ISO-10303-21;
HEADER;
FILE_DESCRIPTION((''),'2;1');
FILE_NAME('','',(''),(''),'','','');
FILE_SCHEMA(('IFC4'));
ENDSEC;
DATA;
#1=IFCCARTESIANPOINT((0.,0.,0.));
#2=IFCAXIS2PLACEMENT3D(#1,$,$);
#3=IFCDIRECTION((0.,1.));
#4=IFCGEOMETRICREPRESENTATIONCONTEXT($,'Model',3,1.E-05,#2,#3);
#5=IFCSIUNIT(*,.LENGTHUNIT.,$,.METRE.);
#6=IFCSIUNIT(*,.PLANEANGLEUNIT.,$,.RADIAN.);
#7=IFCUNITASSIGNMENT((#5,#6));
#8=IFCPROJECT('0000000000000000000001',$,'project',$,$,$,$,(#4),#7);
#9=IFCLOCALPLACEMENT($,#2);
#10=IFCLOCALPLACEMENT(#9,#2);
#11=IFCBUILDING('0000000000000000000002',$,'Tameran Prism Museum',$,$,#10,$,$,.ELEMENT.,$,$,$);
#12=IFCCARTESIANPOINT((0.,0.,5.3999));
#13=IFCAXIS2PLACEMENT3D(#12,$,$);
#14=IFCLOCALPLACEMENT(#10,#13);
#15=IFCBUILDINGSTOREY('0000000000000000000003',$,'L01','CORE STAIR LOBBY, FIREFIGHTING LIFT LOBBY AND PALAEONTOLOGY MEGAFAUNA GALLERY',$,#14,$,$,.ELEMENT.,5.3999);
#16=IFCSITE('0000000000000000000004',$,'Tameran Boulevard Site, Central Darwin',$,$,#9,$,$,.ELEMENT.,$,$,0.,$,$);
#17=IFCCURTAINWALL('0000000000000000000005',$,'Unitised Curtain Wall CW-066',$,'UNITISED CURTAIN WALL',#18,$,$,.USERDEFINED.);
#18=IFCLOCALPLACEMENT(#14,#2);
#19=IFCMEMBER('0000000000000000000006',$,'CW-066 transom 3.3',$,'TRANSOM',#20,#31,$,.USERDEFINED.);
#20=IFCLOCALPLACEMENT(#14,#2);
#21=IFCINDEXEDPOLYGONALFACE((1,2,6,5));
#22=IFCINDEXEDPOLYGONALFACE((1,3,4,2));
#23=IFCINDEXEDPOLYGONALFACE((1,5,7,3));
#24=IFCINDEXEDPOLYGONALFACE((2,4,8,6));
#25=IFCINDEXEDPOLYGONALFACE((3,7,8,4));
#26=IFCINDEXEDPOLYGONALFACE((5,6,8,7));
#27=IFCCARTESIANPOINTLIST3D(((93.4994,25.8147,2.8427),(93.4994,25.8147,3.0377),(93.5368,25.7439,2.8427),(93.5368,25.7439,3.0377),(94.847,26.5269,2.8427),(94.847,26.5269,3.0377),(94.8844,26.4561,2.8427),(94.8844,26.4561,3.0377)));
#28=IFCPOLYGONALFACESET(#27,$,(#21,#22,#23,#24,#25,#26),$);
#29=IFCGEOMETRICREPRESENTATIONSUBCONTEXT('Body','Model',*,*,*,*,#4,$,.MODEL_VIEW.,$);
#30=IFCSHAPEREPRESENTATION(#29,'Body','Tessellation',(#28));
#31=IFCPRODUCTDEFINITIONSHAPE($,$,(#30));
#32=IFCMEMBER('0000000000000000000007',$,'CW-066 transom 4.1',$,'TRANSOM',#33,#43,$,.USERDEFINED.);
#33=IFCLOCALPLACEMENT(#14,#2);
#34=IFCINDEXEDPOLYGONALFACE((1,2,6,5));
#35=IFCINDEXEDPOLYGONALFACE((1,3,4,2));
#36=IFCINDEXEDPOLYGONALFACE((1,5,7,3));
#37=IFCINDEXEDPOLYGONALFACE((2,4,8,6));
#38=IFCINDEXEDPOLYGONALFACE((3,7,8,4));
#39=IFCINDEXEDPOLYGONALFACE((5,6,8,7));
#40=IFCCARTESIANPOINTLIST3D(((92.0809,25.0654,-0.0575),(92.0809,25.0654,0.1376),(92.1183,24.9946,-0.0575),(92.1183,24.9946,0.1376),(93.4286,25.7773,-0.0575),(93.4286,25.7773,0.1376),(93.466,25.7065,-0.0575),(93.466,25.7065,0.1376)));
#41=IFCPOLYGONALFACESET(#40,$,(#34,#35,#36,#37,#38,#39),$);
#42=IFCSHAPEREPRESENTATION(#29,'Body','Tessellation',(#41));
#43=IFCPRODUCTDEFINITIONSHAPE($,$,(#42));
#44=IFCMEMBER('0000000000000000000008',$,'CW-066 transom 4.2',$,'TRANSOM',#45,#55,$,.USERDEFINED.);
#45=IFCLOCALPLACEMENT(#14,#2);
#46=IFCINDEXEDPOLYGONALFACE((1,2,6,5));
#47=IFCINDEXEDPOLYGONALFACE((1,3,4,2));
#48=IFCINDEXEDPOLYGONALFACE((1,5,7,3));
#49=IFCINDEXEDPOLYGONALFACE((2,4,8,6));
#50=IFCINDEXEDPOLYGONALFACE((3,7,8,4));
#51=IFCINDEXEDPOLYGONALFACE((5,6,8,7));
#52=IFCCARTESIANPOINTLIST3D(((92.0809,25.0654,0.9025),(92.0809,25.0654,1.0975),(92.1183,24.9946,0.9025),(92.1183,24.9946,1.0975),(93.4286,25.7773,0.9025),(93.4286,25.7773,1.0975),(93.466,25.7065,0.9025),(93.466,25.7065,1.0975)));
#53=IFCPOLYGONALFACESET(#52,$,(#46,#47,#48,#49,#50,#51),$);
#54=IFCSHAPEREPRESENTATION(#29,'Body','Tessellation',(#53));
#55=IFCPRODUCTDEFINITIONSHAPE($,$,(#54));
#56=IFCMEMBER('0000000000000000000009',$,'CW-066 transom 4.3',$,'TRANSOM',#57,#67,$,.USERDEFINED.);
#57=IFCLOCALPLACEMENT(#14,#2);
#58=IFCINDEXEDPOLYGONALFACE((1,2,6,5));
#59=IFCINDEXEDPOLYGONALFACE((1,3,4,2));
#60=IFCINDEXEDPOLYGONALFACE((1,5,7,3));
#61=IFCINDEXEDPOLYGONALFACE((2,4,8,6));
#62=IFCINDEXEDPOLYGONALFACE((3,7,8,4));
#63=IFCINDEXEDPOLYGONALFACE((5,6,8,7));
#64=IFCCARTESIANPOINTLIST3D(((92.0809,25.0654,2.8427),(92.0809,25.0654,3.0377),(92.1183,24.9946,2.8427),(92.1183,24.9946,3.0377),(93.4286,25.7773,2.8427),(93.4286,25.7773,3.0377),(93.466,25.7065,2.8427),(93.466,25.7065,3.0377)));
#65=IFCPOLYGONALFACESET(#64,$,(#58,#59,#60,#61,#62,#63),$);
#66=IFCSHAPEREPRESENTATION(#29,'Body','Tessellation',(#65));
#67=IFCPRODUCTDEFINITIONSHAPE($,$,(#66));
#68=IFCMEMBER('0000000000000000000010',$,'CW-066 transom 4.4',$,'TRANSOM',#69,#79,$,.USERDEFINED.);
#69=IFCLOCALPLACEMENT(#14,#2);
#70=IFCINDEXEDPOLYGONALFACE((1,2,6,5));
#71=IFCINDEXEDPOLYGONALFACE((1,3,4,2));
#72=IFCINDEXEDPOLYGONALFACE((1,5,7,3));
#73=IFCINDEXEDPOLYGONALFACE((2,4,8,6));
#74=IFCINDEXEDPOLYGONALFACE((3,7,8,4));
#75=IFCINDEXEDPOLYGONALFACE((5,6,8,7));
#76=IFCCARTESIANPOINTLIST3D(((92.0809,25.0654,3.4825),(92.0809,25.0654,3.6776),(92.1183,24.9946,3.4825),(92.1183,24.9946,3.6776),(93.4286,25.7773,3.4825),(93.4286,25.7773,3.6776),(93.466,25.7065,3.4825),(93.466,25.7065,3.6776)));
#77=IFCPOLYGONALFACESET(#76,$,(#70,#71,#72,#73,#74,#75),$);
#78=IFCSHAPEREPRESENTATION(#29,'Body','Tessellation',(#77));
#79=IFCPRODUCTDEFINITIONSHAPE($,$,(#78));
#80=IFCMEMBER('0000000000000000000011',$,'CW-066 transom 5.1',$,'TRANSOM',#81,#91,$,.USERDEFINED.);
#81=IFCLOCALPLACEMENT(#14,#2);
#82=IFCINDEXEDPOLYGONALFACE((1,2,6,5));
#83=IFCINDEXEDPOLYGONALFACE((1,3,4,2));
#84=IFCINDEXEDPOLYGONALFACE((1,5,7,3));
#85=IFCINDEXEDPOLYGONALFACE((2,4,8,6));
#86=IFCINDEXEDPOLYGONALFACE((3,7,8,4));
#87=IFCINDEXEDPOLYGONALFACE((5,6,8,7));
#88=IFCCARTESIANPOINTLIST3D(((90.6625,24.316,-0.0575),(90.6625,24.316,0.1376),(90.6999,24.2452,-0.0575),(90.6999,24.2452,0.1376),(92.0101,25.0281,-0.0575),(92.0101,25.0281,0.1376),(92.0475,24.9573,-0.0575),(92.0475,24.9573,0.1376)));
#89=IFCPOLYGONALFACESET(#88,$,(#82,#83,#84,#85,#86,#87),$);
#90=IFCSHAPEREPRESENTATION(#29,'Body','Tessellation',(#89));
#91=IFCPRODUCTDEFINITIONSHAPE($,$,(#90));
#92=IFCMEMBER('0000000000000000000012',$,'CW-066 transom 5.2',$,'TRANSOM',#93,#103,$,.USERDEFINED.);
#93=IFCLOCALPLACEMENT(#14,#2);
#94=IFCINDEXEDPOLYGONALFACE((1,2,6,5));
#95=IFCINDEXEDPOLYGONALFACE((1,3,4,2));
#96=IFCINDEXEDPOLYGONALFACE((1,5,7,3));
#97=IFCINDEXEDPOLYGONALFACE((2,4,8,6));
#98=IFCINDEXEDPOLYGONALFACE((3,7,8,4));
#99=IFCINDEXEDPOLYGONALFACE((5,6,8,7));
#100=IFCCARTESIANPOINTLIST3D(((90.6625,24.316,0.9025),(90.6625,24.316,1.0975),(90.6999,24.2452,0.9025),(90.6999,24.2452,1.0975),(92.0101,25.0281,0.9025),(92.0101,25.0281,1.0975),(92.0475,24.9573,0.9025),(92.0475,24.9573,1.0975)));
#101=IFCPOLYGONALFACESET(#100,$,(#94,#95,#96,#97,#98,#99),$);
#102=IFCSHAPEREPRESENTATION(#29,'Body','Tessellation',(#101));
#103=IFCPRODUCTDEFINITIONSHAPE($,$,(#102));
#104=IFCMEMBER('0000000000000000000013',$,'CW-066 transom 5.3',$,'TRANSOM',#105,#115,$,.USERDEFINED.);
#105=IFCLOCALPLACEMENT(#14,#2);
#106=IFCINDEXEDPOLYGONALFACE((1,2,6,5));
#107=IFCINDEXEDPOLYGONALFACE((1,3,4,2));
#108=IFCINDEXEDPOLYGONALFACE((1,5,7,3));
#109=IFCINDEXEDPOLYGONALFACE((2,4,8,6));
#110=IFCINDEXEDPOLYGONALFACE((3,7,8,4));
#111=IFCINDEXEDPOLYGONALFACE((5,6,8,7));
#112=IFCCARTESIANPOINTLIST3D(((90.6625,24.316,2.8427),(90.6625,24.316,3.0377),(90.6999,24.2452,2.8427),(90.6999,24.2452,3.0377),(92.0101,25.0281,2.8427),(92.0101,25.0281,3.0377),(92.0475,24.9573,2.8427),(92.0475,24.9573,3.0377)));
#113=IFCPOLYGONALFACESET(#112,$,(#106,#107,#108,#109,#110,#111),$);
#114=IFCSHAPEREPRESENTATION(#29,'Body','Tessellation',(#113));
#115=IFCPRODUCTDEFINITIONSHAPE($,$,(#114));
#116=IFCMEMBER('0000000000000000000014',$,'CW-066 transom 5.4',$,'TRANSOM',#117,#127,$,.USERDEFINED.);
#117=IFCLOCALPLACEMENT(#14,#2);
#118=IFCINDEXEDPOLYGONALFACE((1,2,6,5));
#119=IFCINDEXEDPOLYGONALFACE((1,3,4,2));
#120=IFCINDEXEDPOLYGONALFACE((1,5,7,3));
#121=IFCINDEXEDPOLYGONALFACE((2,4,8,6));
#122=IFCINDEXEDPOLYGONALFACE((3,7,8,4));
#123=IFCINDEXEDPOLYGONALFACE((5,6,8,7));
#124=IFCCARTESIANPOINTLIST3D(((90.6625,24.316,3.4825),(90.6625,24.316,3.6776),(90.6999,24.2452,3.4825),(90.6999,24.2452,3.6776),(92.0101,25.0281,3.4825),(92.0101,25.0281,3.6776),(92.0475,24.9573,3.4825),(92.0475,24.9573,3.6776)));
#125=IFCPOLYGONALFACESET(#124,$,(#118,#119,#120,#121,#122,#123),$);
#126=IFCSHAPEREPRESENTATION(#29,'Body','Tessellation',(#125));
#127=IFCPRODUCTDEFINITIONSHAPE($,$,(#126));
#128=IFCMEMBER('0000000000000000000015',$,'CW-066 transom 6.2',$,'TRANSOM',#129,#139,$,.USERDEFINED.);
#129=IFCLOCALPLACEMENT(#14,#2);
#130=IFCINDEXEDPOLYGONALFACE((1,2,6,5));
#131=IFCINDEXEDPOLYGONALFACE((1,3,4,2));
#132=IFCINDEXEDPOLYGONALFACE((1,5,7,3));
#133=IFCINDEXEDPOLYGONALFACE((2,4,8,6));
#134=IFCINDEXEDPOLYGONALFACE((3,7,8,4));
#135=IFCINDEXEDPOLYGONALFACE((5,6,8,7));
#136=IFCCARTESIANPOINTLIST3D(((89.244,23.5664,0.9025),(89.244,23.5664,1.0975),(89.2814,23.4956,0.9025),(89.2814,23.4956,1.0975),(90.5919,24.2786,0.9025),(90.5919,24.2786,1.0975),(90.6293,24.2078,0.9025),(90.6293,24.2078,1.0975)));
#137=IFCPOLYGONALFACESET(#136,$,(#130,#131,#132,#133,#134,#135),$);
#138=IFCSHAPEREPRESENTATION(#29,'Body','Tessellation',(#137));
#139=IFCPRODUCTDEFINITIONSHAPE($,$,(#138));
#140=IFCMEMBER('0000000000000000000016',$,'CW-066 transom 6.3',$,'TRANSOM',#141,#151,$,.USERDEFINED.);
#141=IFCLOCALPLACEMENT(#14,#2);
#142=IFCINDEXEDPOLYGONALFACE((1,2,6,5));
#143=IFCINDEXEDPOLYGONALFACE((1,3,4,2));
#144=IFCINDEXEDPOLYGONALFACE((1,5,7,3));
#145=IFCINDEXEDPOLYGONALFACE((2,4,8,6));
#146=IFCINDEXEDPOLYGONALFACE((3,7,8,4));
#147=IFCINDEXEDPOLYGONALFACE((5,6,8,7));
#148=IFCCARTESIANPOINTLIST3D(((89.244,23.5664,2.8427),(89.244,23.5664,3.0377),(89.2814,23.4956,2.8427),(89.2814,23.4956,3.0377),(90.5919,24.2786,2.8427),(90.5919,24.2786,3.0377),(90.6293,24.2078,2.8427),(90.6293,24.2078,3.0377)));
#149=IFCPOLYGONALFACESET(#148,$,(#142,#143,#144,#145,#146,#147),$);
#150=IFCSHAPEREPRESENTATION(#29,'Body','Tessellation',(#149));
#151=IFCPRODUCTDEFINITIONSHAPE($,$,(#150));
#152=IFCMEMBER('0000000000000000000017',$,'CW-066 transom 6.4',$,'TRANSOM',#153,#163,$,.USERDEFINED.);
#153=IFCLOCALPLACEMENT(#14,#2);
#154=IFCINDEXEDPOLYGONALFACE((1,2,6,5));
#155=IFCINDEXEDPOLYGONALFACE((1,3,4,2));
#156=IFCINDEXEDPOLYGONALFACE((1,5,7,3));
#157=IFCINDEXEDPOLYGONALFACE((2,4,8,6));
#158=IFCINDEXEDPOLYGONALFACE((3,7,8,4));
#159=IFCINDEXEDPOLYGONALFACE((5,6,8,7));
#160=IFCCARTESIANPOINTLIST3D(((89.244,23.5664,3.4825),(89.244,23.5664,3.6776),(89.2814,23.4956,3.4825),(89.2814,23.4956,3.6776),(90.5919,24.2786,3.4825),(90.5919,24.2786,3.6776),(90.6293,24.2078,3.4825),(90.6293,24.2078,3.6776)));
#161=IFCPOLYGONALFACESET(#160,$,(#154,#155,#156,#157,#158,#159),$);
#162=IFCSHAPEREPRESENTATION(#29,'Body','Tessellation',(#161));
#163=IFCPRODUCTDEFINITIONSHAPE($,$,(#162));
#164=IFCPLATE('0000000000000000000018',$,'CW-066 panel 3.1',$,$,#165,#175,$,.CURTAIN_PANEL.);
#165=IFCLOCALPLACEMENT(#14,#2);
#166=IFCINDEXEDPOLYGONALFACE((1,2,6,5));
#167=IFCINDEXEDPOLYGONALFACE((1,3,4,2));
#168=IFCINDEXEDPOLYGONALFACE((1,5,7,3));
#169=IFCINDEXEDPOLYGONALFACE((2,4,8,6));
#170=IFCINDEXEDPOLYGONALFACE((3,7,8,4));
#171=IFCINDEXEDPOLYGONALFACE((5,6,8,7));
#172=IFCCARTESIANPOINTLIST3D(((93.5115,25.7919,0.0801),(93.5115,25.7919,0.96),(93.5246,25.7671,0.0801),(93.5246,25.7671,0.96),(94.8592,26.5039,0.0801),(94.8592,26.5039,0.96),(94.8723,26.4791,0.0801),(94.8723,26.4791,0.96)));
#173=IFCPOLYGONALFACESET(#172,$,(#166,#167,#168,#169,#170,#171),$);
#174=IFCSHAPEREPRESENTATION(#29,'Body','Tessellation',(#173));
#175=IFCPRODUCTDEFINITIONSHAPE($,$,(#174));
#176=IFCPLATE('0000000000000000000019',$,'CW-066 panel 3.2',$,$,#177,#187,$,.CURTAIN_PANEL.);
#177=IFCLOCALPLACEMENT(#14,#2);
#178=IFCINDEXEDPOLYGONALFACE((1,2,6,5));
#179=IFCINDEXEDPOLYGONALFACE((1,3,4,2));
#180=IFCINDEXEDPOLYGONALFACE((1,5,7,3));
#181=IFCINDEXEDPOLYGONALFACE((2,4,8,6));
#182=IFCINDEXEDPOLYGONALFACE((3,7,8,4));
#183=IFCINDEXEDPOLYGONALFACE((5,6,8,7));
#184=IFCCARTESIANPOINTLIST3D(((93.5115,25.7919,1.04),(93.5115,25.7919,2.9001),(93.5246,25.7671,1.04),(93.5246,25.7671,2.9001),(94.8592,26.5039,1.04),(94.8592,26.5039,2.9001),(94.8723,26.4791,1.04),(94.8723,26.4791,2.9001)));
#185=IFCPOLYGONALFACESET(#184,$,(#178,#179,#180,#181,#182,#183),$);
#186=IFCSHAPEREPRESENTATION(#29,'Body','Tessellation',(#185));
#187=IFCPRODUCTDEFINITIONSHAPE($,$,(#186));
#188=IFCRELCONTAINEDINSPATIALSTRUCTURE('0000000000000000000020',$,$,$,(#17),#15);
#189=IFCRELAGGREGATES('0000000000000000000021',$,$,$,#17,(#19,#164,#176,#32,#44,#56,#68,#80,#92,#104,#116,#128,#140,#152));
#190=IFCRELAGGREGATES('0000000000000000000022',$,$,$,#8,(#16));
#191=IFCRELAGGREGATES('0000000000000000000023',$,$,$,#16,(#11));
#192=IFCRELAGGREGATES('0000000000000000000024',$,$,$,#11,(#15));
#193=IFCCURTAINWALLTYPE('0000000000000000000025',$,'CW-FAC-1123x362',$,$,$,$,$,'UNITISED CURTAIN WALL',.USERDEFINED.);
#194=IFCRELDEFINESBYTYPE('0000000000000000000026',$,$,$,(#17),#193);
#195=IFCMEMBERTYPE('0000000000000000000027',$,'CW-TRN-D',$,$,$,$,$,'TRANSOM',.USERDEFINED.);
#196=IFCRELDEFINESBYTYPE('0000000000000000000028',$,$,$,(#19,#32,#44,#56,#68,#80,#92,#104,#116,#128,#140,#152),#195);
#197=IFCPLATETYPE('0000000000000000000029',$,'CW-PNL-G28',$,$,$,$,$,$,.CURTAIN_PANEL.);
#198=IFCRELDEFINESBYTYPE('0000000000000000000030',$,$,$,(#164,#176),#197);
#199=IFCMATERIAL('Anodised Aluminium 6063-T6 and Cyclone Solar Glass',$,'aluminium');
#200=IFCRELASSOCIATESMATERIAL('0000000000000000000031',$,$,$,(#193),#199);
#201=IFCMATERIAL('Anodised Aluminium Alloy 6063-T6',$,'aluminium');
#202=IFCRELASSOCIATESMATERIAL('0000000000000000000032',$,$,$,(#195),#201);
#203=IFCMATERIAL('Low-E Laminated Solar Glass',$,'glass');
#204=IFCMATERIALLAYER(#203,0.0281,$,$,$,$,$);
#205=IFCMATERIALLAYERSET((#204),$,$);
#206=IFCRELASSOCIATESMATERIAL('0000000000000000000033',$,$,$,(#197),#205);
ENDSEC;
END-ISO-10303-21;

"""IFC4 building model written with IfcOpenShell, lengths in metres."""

from ifc_helpers import new_model, si_unit, direction, frame, origin, origin_2d, place, context, subcontext, project, spatial, rectangle, extrude, material, layer, layer_set, material_profile, profile_set, type_object, element, aggregate, save


model = new_model("IFC4")

# Units and contexts
model_context = context("Model", 3, precision=1e-05, world=origin(), true_north=direction((0.0, 1.0)))
body_context = subcontext(model_context, "Body", "Model", "MODEL_VIEW")
ifc_project = project(units=[si_unit("LENGTHUNIT", "METRE"), si_unit("PLANEANGLEUNIT", "RADIAN")], contexts=[model_context])

# Site, building, storey
site_placement = place(None, origin())
site = spatial("IfcSite", under=ifc_project, at=site_placement, Name="Tameran Boulevard Site, Central Darwin", CompositionType="ELEMENT", RefElevation=0.0)
building_placement = place(site_placement, origin())
building = spatial("IfcBuilding", under=site, at=building_placement, Name="Tameran Prism Museum", CompositionType="ELEMENT")
storey_placement = place(building_placement, frame((0.0, 0.0, 5.3999)))
storey = spatial("IfcBuildingStorey", under=building, at=storey_placement, Name="L01", Description="CORE STAIR LOBBY, FIREFIGHTING LIFT LOBBY AND PALAEONTOLOGY MEGAFAUNA GALLERY", CompositionType="ELEMENT", Elevation=5.3999)

# Curtain wall
ifc_material_1 = material(Name="Anodised Aluminium 6063-T6 and Cyclone Solar Glass", Category="aluminium")
curtain_wall_type_1 = type_object("IfcCurtainWallType", Name="CW-FAC-1123x362", ElementType="UNITISED CURTAIN WALL", PredefinedType="USERDEFINED", material=ifc_material_1)
curtain_wall_1_placement = place(storey_placement, origin())
curtain_wall_1 = element("IfcCurtainWall", 1, at=curtain_wall_1_placement, inside=storey, type_object=curtain_wall_type_1, Name="Unitised Curtain Wall CW-066", ObjectType="UNITISED CURTAIN WALL", PredefinedType="USERDEFINED")

# Members
ifc_material_2 = material(Name="Anodised Aluminium Alloy 6063-T6", Category="aluminium")
ifc_material_profile_1 = material_profile(ifc_material_2, rectangle(XDim=0.0801, YDim=0.1951, at=origin_2d()))
ifc_profile_set_1 = profile_set([ifc_material_profile_1])
member_type_1 = type_object("IfcMemberType", Name="CW-TRN-D", ElementType="TRANSOM", PredefinedType="USERDEFINED", material=ifc_profile_set_1)
member_1_placement = place(storey_placement, frame((94.8657, 26.4915, 2.9402), z_axis=(-0.884142, -0.467218, 0.0), x_axis=(0.467218, -0.884142, 0.0)))
member_1 = element("IfcMember", 2, at=member_1_placement, type_object=member_type_1, Name="CW-066 transom 3.3", ObjectType="TRANSOM", PredefinedType="USERDEFINED", context=body_context, shape_type="SweptSolid", body=[
    extrude(rectangle(XDim=0.0801, YDim=0.1951, at=origin_2d()), origin(), (0.0, 0.0, 1.0), 1.5242),
])
member_2_placement = place(storey_placement, frame((93.4473, 25.7419, 0.04), z_axis=(-0.884208, -0.467093, 0.0), x_axis=(0.467093, -0.884208, 0.0)))
member_2 = element("IfcMember", 3, at=member_2_placement, type_object=member_type_1, Name="CW-066 transom 4.1", ObjectType="TRANSOM", PredefinedType="USERDEFINED", context=body_context, shape_type="SweptSolid", body=[
    extrude(rectangle(XDim=0.0801, YDim=0.1951, at=origin_2d()), origin(), (0.0, 0.0, 1.0), 1.5242),
])
member_3_placement = place(storey_placement, frame((93.4473, 25.7419, 1.0), z_axis=(-0.884208, -0.467093, 0.0), x_axis=(0.467093, -0.884208, 0.0)))
member_3 = element("IfcMember", 4, at=member_3_placement, type_object=member_type_1, Name="CW-066 transom 4.2", ObjectType="TRANSOM", PredefinedType="USERDEFINED", context=body_context, shape_type="SweptSolid", body=[
    extrude(rectangle(XDim=0.0801, YDim=0.1951, at=origin_2d()), origin(), (0.0, 0.0, 1.0), 1.5242),
])
member_4_placement = place(storey_placement, frame((93.4473, 25.7419, 2.9402), z_axis=(-0.884208, -0.467093, 0.0), x_axis=(0.467093, -0.884208, 0.0)))
member_4 = element("IfcMember", 5, at=member_4_placement, type_object=member_type_1, Name="CW-066 transom 4.3", ObjectType="TRANSOM", PredefinedType="USERDEFINED", context=body_context, shape_type="SweptSolid", body=[
    extrude(rectangle(XDim=0.0801, YDim=0.1951, at=origin_2d()), origin(), (0.0, 0.0, 1.0), 1.5242),
])
member_5_placement = place(storey_placement, frame((93.4473, 25.7419, 3.5801), z_axis=(-0.884208, -0.467093, 0.0), x_axis=(0.467093, -0.884208, 0.0)))
member_5 = element("IfcMember", 6, at=member_5_placement, type_object=member_type_1, Name="CW-066 transom 4.4", ObjectType="TRANSOM", PredefinedType="USERDEFINED", context=body_context, shape_type="SweptSolid", body=[
    extrude(rectangle(XDim=0.0801, YDim=0.1951, at=origin_2d()), origin(), (0.0, 0.0, 1.0), 1.5242),
])
member_6_placement = place(storey_placement, frame((92.0288, 24.9927, 0.04), z_axis=(-0.884142, -0.467218, 0.0), x_axis=(0.467218, -0.884142, 0.0)))
member_6 = element("IfcMember", 7, at=member_6_placement, type_object=member_type_1, Name="CW-066 transom 5.1", ObjectType="TRANSOM", PredefinedType="USERDEFINED", context=body_context, shape_type="SweptSolid", body=[
    extrude(rectangle(XDim=0.0801, YDim=0.1951, at=origin_2d()), origin(), (0.0, 0.0, 1.0), 1.5242),
])
member_7_placement = place(storey_placement, frame((92.0288, 24.9927, 1.0), z_axis=(-0.884142, -0.467218, 0.0), x_axis=(0.467218, -0.884142, 0.0)))
member_7 = element("IfcMember", 8, at=member_7_placement, type_object=member_type_1, Name="CW-066 transom 5.2", ObjectType="TRANSOM", PredefinedType="USERDEFINED", context=body_context, shape_type="SweptSolid", body=[
    extrude(rectangle(XDim=0.0801, YDim=0.1951, at=origin_2d()), origin(), (0.0, 0.0, 1.0), 1.5242),
])
member_8_placement = place(storey_placement, frame((92.0288, 24.9927, 2.9402), z_axis=(-0.884142, -0.467218, 0.0), x_axis=(0.467218, -0.884142, 0.0)))
member_8 = element("IfcMember", 9, at=member_8_placement, type_object=member_type_1, Name="CW-066 transom 5.3", ObjectType="TRANSOM", PredefinedType="USERDEFINED", context=body_context, shape_type="SweptSolid", body=[
    extrude(rectangle(XDim=0.0801, YDim=0.1951, at=origin_2d()), origin(), (0.0, 0.0, 1.0), 1.5242),
])
member_9_placement = place(storey_placement, frame((92.0288, 24.9927, 3.5801), z_axis=(-0.884142, -0.467218, 0.0), x_axis=(0.467218, -0.884142, 0.0)))
member_9 = element("IfcMember", 10, at=member_9_placement, type_object=member_type_1, Name="CW-066 transom 5.4", ObjectType="TRANSOM", PredefinedType="USERDEFINED", context=body_context, shape_type="SweptSolid", body=[
    extrude(rectangle(XDim=0.0801, YDim=0.1951, at=origin_2d()), origin(), (0.0, 0.0, 1.0), 1.5242),
])
member_10_placement = place(storey_placement, frame((90.6106, 24.2432, 1.0), z_axis=(-0.884177, -0.467152, 0.0), x_axis=(0.467152, -0.884177, 0.0)))
member_10 = element("IfcMember", 11, at=member_10_placement, type_object=member_type_1, Name="CW-066 transom 6.2", ObjectType="TRANSOM", PredefinedType="USERDEFINED", context=body_context, shape_type="SweptSolid", body=[
    extrude(rectangle(XDim=0.0801, YDim=0.1951, at=origin_2d()), origin(), (0.0, 0.0, 1.0), 1.5244),
])
member_11_placement = place(storey_placement, frame((90.6106, 24.2432, 2.9402), z_axis=(-0.884177, -0.467152, 0.0), x_axis=(0.467152, -0.884177, 0.0)))
member_11 = element("IfcMember", 12, at=member_11_placement, type_object=member_type_1, Name="CW-066 transom 6.3", ObjectType="TRANSOM", PredefinedType="USERDEFINED", context=body_context, shape_type="SweptSolid", body=[
    extrude(rectangle(XDim=0.0801, YDim=0.1951, at=origin_2d()), origin(), (0.0, 0.0, 1.0), 1.5244),
])
member_12_placement = place(storey_placement, frame((90.6106, 24.2432, 3.5801), z_axis=(-0.884177, -0.467152, 0.0), x_axis=(0.467152, -0.884177, 0.0)))
member_12 = element("IfcMember", 13, at=member_12_placement, type_object=member_type_1, Name="CW-066 transom 6.4", ObjectType="TRANSOM", PredefinedType="USERDEFINED", context=body_context, shape_type="SweptSolid", body=[
    extrude(rectangle(XDim=0.0801, YDim=0.1951, at=origin_2d()), origin(), (0.0, 0.0, 1.0), 1.5244),
])

# Plates
ifc_material_3 = material(Name="Low-E Laminated Solar Glass", Category="glass")
ifc_layer_1 = layer(ifc_material_3, 0.0281)
ifc_layer_set_1 = layer_set([ifc_layer_1])
plate_type_1 = type_object("IfcPlateType", Name="CW-PNL-G28", PredefinedType="CURTAIN_PANEL", material=ifc_layer_set_1)
plate_1_placement = place(storey_placement, frame((94.1919, 26.1355, 0.0801), z_axis=(0.0, 0.0, 1.0), x_axis=(-0.884175, -0.467155, 0.0)))
plate_1 = element("IfcPlate", 14, at=plate_1_placement, type_object=plate_type_1, Name="CW-066 panel 3.1", PredefinedType="CURTAIN_PANEL", context=body_context, shape_type="SweptSolid", body=[
    extrude(rectangle(XDim=1.5242, YDim=0.0281, at=origin_2d()), origin(), (0.0, 0.0, 1.0), 0.8799),
])
plate_2_placement = place(storey_placement, frame((94.1919, 26.1355, 1.04), z_axis=(0.0, 0.0, 1.0), x_axis=(-0.884175, -0.467155, 0.0)))
plate_2 = element("IfcPlate", 15, at=plate_2_placement, type_object=plate_type_1, Name="CW-066 panel 3.2", PredefinedType="CURTAIN_PANEL", context=body_context, shape_type="SweptSolid", body=[
    extrude(rectangle(XDim=1.5242, YDim=0.0281, at=origin_2d()), origin(), (0.0, 0.0, 1.0), 1.8601),
])
aggregate(curtain_wall_1, [member_1, plate_1, plate_2, member_2, member_3, member_4, member_5, member_6, member_7, member_8, member_9, member_10, member_11, member_12])

save(model, "model.ifc")
